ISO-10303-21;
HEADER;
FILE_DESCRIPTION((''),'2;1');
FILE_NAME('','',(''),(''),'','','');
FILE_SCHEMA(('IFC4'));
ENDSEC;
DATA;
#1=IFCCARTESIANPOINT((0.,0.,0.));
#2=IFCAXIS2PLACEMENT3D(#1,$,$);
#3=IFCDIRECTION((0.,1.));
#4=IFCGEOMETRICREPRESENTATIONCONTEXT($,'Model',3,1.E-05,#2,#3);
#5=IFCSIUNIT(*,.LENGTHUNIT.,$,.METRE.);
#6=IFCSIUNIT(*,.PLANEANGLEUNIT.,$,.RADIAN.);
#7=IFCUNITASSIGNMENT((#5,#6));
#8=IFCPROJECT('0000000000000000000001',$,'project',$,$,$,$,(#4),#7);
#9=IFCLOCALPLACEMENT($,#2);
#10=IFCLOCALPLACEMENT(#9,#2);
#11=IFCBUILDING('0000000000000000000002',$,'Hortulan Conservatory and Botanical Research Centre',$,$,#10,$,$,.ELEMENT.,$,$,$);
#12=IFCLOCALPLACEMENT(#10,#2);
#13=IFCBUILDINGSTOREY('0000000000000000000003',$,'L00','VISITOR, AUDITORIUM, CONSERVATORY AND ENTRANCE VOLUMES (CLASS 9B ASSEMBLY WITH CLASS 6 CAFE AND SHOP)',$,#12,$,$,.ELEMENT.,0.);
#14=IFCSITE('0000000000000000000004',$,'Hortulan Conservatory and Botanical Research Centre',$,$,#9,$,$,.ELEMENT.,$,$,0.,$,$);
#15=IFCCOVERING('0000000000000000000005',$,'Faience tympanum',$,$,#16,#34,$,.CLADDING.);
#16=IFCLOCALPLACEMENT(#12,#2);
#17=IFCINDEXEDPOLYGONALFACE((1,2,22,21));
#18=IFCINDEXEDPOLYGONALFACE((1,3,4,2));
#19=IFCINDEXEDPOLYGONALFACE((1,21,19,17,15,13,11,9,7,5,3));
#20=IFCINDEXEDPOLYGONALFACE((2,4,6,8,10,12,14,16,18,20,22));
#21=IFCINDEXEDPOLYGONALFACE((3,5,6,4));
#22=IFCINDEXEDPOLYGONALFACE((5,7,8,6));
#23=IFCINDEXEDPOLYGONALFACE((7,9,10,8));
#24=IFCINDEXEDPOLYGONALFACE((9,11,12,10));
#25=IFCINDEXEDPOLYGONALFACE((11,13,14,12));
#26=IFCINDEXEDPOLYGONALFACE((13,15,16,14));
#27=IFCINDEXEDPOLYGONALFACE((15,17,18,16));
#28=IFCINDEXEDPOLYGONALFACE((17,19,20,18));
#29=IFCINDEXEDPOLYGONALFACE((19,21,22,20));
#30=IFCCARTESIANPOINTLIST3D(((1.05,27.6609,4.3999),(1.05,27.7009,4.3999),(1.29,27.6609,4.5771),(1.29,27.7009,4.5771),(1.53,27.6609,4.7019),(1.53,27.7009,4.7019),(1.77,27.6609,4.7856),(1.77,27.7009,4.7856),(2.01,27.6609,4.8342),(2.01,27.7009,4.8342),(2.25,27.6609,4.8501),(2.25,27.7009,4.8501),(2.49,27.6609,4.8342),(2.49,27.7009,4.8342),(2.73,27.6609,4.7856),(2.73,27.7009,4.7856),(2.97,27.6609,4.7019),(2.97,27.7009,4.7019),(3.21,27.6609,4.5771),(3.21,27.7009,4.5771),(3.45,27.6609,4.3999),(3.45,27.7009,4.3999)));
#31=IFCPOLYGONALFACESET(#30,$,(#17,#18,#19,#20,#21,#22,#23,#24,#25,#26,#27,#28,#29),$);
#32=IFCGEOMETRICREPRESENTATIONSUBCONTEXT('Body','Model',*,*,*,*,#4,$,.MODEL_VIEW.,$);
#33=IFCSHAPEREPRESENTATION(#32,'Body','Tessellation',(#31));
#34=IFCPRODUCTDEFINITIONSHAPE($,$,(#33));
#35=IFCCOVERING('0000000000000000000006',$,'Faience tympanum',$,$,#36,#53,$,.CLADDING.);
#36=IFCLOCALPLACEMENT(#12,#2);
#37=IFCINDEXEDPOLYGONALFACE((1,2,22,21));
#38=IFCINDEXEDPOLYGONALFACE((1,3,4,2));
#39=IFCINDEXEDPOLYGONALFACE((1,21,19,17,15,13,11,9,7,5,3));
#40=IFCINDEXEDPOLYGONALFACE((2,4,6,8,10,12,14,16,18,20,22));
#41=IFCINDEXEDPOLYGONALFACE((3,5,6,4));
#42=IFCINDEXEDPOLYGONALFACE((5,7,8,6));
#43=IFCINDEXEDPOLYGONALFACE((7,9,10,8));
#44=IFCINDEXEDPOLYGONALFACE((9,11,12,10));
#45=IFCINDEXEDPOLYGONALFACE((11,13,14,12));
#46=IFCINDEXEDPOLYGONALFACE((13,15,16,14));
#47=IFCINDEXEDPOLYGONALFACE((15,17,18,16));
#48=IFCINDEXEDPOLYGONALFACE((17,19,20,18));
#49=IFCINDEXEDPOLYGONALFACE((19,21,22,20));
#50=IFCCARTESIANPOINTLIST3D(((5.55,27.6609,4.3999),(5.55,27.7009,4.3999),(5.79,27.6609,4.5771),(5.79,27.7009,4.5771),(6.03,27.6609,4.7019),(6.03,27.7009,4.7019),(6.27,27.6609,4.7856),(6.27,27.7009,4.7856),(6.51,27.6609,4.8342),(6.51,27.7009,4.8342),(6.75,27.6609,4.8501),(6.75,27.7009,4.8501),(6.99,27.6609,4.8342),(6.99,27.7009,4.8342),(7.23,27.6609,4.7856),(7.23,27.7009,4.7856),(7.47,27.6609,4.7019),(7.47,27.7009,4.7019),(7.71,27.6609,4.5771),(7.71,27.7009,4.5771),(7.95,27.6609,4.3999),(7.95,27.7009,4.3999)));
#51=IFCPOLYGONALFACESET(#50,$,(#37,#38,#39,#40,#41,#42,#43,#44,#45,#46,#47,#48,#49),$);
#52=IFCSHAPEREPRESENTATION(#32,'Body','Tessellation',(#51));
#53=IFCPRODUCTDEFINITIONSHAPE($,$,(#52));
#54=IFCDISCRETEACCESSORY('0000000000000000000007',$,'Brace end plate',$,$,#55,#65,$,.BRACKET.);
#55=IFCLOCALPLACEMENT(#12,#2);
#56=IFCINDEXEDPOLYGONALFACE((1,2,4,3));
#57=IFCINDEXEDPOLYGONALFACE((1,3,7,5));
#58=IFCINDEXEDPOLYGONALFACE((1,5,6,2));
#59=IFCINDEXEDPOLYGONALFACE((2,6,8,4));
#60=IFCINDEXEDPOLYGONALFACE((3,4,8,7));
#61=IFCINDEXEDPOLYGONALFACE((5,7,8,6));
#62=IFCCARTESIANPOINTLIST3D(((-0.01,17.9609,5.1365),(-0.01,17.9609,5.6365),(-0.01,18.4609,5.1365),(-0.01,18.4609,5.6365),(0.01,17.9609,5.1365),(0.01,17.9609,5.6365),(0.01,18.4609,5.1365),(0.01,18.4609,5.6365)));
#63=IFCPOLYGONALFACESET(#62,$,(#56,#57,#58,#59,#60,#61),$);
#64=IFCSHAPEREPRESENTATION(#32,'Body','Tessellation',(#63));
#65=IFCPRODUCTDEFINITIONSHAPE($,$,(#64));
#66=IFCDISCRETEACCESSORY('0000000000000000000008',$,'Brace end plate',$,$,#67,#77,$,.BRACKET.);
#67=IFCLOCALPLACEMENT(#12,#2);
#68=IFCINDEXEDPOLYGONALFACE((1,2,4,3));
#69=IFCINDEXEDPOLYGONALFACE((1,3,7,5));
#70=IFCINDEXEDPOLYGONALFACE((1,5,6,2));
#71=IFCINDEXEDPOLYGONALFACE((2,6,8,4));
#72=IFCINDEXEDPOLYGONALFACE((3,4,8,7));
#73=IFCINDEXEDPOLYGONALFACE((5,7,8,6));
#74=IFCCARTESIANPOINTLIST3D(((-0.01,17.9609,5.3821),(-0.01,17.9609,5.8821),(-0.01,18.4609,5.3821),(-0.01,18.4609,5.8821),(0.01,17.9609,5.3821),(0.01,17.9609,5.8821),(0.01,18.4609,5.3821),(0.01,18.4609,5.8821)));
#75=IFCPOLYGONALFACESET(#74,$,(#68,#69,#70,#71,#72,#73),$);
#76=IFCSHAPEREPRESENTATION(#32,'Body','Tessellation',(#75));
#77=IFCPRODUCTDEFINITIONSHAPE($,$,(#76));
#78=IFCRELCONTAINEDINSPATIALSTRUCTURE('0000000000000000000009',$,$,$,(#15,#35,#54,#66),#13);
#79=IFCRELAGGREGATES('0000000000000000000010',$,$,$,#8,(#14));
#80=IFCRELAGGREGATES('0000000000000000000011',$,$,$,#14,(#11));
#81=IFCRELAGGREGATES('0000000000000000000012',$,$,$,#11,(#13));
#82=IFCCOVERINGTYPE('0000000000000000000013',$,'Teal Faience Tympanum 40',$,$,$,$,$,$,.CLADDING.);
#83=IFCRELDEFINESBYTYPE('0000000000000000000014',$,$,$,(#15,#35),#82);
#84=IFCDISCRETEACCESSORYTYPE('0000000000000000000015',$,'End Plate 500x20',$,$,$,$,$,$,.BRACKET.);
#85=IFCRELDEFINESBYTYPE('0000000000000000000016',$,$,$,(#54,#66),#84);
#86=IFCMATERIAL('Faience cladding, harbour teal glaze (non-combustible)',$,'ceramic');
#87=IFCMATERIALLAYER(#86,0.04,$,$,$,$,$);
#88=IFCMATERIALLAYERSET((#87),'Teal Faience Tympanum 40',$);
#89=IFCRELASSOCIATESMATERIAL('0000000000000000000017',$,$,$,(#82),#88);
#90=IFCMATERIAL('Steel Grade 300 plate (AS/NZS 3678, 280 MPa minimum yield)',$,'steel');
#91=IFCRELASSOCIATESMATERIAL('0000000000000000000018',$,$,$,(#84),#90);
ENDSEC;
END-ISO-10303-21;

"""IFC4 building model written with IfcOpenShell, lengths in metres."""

from ifc_helpers import new_model, si_unit, direction, frame, origin, origin_2d, place, context, subcontext, project, spatial, polyline, rectangle, outline, extrude, material, layer, layer_set, type_object, element, save


model = new_model("IFC4")

# Units and contexts
model_context = context("Model", 3, precision=1e-05, world=origin(), true_north=direction((0.0, 1.0)))
body_context = subcontext(model_context, "Body", "Model", "MODEL_VIEW")
ifc_project = project(units=[si_unit("LENGTHUNIT", "METRE"), si_unit("PLANEANGLEUNIT", "RADIAN")], contexts=[model_context])

# Site, building, storey
site_placement = place(None, origin())
site = spatial("IfcSite", under=ifc_project, at=site_placement, Name="Hortulan Conservatory and Botanical Research Centre", CompositionType="ELEMENT", RefElevation=0.0)
building_placement = place(site_placement, origin())
building = spatial("IfcBuilding", under=site, at=building_placement, Name="Hortulan Conservatory and Botanical Research Centre", CompositionType="ELEMENT")
storey_placement = place(building_placement, origin())
storey = spatial("IfcBuildingStorey", under=building, at=storey_placement, Name="L00", Description="VISITOR, AUDITORIUM, CONSERVATORY AND ENTRANCE VOLUMES (CLASS 9B ASSEMBLY WITH CLASS 6 CAFE AND SHOP)", CompositionType="ELEMENT", Elevation=0.0)

# Coverings
ifc_material_1 = material(Name="Faience cladding, harbour teal glaze (non-combustible)", Category="ceramic")
ifc_layer_1 = layer(ifc_material_1, 0.04)
ifc_layer_set_1 = layer_set([ifc_layer_1], Name="Teal Faience Tympanum 40")
covering_type_1 = type_object("IfcCoveringType", Name="Teal Faience Tympanum 40", PredefinedType="CLADDING", material=ifc_layer_set_1)
for number, where, z_axis, x_axis, name in (
    (1, (1.05, 27.6809, 4.3999), (0.0, 0.0, 1.0), (1.0, 0.0, 0.0), "Faience tympanum"),
    (2, (5.55, 27.6809, 4.3999), (0.0, 0.0, 1.0), (1.0, 0.0, 0.0), "Faience tympanum"),
):
    element("IfcCovering", number, at=place(storey_placement, frame(where, z_axis=z_axis, x_axis=x_axis)), inside=storey, type_object=covering_type_1, Name=name, PredefinedType="CLADDING", context=body_context, shape_type="SweptSolid", body=[
        extrude(outline(polyline([(0.0, 0.0), (0.24, 0.1772), (0.48, 0.302), (0.72, 0.3857), (0.96, 0.4343), (1.2, 0.4502), (1.4399, 0.4343), (1.6799, 0.3857), (1.9199, 0.302), (2.1599, 0.1772), (2.3999, 0.0), (2.3999, 0.0), (0.0, 0.0), (0.0, 0.0)])), frame((0.0, 0.02, 0.0), z_axis=(0.0, -1.0, 0.0), x_axis=(1.0, 0.0, 0.0)), (0.0, 0.0, 1.0), 0.04),
    ])

# Discrete accessories
ifc_material_2 = material(Name="Steel Grade 300 plate (AS/NZS 3678, 280 MPa minimum yield)", Category="steel")
discrete_accessory_type = type_object("IfcDiscreteAccessoryType", Name="End Plate 500x20", PredefinedType="BRACKET", material=ifc_material_2)
for number, where, z_axis, x_axis, name in (
    (3, (0.0, 18.2109, 5.1365), (0.0, 0.0, 1.0), (0.0, -1.0, 0.0), "Brace end plate"),
    (4, (0.0, 18.2109, 5.3821), (0.0, 0.0, 1.0), (0.0, -1.0, 0.0), "Brace end plate"),
):
    element("IfcDiscreteAccessory", number, at=place(storey_placement, frame(where, z_axis=z_axis, x_axis=x_axis)), inside=storey, type_object=discrete_accessory_type, Name=name, PredefinedType="BRACKET", context=body_context, shape_type="SweptSolid", body=[
        extrude(rectangle(XDim=0.5, YDim=0.02, at=origin_2d()), origin(), (0.0, 0.0, 1.0), 0.5),
    ])

save(model, "model.ifc")
